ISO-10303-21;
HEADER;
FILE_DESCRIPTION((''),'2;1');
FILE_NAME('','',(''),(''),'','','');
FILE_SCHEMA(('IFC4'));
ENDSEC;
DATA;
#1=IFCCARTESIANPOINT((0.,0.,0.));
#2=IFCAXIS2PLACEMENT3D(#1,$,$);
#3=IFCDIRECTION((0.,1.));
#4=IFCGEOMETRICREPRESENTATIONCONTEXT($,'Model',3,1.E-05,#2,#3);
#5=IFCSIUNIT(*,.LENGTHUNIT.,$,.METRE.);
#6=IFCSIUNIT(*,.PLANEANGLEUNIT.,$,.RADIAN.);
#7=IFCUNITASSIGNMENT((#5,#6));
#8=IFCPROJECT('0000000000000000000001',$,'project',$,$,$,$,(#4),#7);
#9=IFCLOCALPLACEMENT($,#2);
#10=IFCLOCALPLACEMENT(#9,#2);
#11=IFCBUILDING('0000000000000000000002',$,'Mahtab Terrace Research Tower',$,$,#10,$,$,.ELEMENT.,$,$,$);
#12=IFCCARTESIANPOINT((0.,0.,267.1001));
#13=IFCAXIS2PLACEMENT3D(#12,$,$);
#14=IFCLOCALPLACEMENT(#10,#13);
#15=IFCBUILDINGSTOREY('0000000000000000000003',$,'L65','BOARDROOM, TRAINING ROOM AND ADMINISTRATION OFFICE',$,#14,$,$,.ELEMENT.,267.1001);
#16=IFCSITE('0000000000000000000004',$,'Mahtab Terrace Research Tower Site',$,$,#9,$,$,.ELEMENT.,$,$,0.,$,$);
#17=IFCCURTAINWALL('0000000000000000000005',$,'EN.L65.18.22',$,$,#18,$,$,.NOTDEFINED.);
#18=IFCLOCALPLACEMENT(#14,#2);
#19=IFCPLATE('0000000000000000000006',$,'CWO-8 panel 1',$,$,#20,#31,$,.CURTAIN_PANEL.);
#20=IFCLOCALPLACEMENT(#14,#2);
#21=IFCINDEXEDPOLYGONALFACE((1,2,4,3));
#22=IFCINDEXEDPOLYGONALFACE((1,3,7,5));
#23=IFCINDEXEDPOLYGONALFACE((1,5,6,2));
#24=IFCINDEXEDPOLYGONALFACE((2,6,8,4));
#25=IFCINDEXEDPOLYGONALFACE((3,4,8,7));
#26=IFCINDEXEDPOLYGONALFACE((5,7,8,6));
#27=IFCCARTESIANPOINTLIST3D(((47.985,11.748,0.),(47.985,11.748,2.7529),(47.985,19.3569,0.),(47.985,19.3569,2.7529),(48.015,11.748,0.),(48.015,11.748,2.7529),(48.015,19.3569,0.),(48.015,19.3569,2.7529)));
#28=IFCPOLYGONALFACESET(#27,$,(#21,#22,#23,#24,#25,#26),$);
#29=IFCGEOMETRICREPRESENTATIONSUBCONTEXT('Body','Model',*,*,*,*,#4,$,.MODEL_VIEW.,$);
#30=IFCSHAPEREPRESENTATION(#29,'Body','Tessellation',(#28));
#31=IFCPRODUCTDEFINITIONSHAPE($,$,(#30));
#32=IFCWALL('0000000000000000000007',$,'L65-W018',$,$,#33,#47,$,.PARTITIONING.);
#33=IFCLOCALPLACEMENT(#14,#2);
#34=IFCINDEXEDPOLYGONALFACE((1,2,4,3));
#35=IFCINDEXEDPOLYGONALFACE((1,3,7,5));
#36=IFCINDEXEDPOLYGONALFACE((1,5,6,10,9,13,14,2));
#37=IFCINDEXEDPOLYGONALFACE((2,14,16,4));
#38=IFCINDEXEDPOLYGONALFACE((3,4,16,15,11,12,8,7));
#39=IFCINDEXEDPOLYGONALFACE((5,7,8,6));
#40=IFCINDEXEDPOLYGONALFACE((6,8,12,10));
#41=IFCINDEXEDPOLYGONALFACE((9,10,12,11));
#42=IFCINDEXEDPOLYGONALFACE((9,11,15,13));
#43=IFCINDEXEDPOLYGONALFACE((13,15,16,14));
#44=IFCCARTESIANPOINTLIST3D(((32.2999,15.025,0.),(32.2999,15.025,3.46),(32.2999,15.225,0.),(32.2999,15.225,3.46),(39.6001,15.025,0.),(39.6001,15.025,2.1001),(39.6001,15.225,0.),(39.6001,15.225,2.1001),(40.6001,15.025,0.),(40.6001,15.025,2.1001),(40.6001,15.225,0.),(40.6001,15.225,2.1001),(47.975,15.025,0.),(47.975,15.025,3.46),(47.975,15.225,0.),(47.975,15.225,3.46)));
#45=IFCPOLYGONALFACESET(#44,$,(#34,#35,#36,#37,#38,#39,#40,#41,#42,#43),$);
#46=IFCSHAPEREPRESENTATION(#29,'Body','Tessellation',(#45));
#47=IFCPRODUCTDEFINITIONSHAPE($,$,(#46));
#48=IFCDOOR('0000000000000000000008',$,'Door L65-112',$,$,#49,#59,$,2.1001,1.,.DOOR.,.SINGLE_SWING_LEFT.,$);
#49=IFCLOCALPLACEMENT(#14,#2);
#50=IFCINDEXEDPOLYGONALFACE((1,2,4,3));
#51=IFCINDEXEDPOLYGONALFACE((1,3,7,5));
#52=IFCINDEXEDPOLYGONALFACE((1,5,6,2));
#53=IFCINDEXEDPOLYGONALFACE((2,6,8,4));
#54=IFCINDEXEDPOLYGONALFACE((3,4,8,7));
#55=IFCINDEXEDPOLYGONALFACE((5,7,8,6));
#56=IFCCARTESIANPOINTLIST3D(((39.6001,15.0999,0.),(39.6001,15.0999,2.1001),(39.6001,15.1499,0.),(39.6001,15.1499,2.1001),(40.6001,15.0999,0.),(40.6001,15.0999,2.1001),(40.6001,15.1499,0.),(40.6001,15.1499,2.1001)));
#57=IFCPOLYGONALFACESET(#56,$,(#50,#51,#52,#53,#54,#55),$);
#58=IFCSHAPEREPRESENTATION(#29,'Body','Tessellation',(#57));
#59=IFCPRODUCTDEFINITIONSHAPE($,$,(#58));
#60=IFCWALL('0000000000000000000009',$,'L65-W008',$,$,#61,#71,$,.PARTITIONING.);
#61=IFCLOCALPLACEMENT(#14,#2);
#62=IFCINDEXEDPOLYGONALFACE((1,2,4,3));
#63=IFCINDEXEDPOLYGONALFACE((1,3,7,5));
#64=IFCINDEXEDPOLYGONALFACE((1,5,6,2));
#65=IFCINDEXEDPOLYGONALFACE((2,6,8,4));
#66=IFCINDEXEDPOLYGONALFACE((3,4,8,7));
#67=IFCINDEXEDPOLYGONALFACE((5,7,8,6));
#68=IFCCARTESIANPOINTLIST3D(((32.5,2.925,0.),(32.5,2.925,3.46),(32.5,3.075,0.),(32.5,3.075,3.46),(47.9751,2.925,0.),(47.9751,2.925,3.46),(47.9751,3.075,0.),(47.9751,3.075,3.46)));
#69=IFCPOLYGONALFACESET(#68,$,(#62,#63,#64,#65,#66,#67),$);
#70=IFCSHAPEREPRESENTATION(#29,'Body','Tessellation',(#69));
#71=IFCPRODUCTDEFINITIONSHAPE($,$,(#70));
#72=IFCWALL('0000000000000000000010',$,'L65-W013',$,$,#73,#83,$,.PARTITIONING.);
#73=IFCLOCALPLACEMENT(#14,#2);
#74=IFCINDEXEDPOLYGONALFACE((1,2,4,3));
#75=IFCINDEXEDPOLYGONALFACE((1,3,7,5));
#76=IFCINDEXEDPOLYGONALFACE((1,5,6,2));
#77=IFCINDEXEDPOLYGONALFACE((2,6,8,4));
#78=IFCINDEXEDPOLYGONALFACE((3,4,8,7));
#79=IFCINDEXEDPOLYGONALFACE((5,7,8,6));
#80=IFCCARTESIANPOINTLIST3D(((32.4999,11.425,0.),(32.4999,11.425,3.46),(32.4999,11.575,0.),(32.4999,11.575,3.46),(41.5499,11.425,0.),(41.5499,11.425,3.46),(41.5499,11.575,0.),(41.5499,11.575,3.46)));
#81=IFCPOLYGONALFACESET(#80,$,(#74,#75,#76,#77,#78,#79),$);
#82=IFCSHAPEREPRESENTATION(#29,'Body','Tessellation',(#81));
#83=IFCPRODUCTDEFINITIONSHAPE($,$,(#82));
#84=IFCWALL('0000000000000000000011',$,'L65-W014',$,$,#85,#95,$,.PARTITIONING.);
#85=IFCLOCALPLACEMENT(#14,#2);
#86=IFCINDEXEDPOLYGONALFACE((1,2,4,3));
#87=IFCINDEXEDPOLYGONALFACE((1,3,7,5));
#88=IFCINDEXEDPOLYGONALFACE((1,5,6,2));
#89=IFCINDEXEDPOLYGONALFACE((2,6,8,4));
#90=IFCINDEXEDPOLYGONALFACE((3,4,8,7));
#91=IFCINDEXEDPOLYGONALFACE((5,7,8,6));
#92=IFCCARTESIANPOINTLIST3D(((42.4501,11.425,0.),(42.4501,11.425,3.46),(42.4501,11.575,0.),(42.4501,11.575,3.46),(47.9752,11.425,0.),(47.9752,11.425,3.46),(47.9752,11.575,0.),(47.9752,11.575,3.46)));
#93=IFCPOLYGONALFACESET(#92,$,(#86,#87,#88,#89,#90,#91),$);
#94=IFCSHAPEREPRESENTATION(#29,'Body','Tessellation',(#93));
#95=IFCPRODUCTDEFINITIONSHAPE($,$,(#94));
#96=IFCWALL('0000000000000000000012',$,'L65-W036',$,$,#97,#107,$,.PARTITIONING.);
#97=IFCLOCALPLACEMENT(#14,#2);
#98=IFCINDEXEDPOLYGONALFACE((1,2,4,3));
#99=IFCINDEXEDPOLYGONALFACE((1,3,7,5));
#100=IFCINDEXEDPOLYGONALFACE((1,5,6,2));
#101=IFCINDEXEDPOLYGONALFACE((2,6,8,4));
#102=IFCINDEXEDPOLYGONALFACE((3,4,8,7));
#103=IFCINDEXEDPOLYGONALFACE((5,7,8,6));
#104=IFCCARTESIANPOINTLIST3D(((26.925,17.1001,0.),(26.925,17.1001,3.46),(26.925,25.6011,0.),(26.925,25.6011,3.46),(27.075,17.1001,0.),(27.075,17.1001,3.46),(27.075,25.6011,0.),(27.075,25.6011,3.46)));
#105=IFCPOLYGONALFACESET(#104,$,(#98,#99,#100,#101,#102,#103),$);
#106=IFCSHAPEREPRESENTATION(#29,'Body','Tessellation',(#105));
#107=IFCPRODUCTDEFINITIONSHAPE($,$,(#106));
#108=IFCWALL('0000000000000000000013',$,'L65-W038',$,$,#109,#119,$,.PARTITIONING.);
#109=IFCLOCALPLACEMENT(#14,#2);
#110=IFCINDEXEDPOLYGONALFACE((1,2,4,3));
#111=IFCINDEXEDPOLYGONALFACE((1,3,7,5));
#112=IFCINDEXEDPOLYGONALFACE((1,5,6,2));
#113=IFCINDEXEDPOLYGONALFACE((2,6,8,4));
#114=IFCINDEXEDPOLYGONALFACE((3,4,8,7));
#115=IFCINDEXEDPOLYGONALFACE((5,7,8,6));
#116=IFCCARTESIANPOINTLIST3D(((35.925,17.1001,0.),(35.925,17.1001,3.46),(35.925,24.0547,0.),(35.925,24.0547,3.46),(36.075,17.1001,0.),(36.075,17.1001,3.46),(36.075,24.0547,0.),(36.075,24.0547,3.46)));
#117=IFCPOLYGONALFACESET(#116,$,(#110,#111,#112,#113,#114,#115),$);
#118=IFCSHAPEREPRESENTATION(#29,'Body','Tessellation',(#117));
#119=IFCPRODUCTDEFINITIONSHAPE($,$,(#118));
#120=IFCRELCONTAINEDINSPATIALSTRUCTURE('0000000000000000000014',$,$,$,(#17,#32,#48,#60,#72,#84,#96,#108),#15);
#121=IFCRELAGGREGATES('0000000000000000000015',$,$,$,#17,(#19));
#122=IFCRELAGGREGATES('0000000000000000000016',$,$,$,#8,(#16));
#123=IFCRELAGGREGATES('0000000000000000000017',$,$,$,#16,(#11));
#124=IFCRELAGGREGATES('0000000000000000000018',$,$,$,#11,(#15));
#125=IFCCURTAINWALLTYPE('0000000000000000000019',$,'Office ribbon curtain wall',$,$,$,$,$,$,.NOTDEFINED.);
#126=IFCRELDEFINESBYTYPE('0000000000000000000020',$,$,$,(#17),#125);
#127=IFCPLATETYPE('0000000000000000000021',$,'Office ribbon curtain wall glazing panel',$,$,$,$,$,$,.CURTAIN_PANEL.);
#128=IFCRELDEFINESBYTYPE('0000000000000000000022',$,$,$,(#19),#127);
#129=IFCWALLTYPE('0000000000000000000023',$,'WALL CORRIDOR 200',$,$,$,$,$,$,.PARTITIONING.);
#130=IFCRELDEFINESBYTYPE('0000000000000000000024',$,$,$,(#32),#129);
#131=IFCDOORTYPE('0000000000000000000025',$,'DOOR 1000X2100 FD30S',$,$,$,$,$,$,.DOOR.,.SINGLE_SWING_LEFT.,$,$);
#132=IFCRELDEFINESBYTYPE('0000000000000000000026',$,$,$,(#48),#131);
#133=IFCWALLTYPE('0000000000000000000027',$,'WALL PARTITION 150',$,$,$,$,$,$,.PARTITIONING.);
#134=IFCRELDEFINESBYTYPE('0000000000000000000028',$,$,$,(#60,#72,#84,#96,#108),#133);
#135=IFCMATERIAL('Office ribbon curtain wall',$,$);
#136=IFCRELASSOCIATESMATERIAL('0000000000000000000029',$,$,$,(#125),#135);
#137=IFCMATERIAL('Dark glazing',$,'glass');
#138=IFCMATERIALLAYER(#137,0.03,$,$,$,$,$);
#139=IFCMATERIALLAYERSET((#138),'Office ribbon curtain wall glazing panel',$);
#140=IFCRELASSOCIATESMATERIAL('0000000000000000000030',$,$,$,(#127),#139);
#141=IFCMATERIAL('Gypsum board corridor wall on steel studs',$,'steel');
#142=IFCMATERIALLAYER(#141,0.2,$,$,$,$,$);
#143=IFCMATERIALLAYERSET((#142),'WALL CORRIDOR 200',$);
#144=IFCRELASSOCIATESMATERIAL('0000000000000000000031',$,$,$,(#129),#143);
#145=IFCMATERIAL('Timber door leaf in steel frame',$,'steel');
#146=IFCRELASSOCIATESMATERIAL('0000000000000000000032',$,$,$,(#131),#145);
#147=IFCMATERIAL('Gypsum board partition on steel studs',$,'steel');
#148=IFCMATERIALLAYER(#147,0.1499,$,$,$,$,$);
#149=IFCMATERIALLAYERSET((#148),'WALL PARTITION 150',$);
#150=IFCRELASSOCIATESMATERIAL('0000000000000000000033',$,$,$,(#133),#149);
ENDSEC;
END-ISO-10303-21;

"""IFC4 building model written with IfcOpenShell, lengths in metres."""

from ifc_helpers import new_model, si_unit, direction, frame, frame_2d, origin, origin_2d, place, context, subcontext, project, spatial, rectangle, extrude, material, layer, layer_set, type_object, element, fill, aggregate, save


model = new_model("IFC4")

# Units and contexts
model_context = context("Model", 3, precision=1e-05, world=origin(), true_north=direction((0.0, 1.0)))
body_context = subcontext(model_context, "Body", "Model", "MODEL_VIEW")
ifc_project = project(units=[si_unit("LENGTHUNIT", "METRE"), si_unit("PLANEANGLEUNIT", "RADIAN")], contexts=[model_context])

# Site, building, storey
site_placement = place(None, origin())
site = spatial("IfcSite", under=ifc_project, at=site_placement, Name="Mahtab Terrace Research Tower Site", CompositionType="ELEMENT", RefElevation=0.0)
building_placement = place(site_placement, origin())
building = spatial("IfcBuilding", under=site, at=building_placement, Name="Mahtab Terrace Research Tower", CompositionType="ELEMENT")
storey_placement = place(building_placement, frame((0.0, 0.0, 267.1001)))
storey = spatial("IfcBuildingStorey", under=building, at=storey_placement, Name="L65", Description="BOARDROOM, TRAINING ROOM AND ADMINISTRATION OFFICE", CompositionType="ELEMENT", Elevation=267.1001)

# Shared definitions
ifc_material_1 = material(Name="Office ribbon curtain wall")
curtain_wall_type = type_object("IfcCurtainWallType", Name="Office ribbon curtain wall", PredefinedType="NOTDEFINED", material=ifc_material_1)

# Curtain wall
curtain_wall_1_placement = place(storey_placement, origin())
curtain_wall_1 = element("IfcCurtainWall", 1, at=curtain_wall_1_placement, inside=storey, type_object=curtain_wall_type, Name="EN.L65.18.22", PredefinedType="NOTDEFINED")

# Plate
ifc_material_2 = material(Name="Dark glazing", Category="glass")
ifc_layer_1 = layer(ifc_material_2, 0.03)
ifc_layer_set_1 = layer_set([ifc_layer_1], Name="Office ribbon curtain wall glazing panel")
plate_type = type_object("IfcPlateType", Name="Office ribbon curtain wall glazing panel", PredefinedType="CURTAIN_PANEL", material=ifc_layer_set_1)
plate_1_placement = place(storey_placement, frame((48.0, 15.5525, 0.0), z_axis=(0.0, 0.0, 1.0), x_axis=(0.0, 1.0, 0.0)))
plate_1 = element("IfcPlate", 2, at=plate_1_placement, type_object=plate_type, Name="CWO-8 panel 1", PredefinedType="CURTAIN_PANEL", context=body_context, shape_type="SweptSolid", body=[
    extrude(rectangle(XDim=7.6089, YDim=0.03, at=origin_2d()), origin(), (0.0, 0.0, 1.0), 2.7529),
])
aggregate(curtain_wall_1, [plate_1])

# Wall, opening, door
ifc_material_3 = material(Name="Gypsum board corridor wall on steel studs", Category="steel")
ifc_layer_2 = layer(ifc_material_3, 0.2)
ifc_layer_set_2 = layer_set([ifc_layer_2], Name="WALL CORRIDOR 200")
wall_type_1 = type_object("IfcWallType", Name="WALL CORRIDOR 200", PredefinedType="PARTITIONING", material=ifc_layer_set_2)
wall_1_placement = place(storey_placement, frame((32.3, 15.125, 0.0), z_axis=(0.0, 0.0, 1.0), x_axis=(1.0, 0.0, 0.0)))
wall_1 = element("IfcWall", 3, at=wall_1_placement, inside=storey, type_object=wall_type_1, Name="L65-W018", PredefinedType="PARTITIONING", context=body_context, shape_type="SweptSolid", body=[
    extrude(rectangle(XDim=15.675, YDim=0.2, at=frame_2d((7.8374, 0.0))), origin(), (0.0, 0.0, 1.0), 3.46),
])
opening_placement = place(wall_1_placement, frame((7.3, 0.0, 0.0)))
opening = element("IfcOpeningElement", 4, at=opening_placement, cuts=wall_1, PredefinedType="OPENING", context=body_context, shape_type="SweptSolid", body=[
    extrude(rectangle(XDim=1.0, YDim=2.1001, at=frame_2d((0.5, 1.05))), frame((0.0, 0.1099, 0.0), z_axis=(0.0, -1.0, 0.0), x_axis=(1.0, 0.0, 0.0)), (0.0, 0.0, 1.0), 0.22),
])
ifc_material_4 = material(Name="Timber door leaf in steel frame", Category="steel")
door_type = type_object("IfcDoorType", Name="DOOR 1000X2100 FD30S", OperationType="SINGLE_SWING_LEFT", PredefinedType="DOOR", material=ifc_material_4)
door_placement = place(opening_placement, origin())
door = element("IfcDoor", 5, at=door_placement, inside=storey, type_object=door_type, Name="Door L65-112", OperationType="SINGLE_SWING_LEFT", OverallHeight=2.1001, OverallWidth=1.0, PredefinedType="DOOR", context=body_context, shape_type="SweptSolid", body=[
    extrude(rectangle(XDim=1.0, YDim=2.1001, at=frame_2d((0.5, 1.05))), frame((0.0, 0.0249, 0.0), z_axis=(0.0, -1.0, 0.0), x_axis=(1.0, 0.0, 0.0)), (0.0, 0.0, 1.0), 0.05),
])
fill(opening, door)

# Walls
ifc_material_5 = material(Name="Gypsum board partition on steel studs", Category="steel")
ifc_layer_3 = layer(ifc_material_5, 0.1499)
ifc_layer_set_3 = layer_set([ifc_layer_3], Name="WALL PARTITION 150")
wall_type_2 = type_object("IfcWallType", Name="WALL PARTITION 150", PredefinedType="PARTITIONING", material=ifc_layer_set_3)
wall_2_placement = place(storey_placement, frame((32.5, 3.0, 0.0), z_axis=(0.0, 0.0, 1.0), x_axis=(1.0, 0.0, 0.0)))
element("IfcWall", 6, at=wall_2_placement, inside=storey, type_object=wall_type_2, Name="L65-W008", PredefinedType="PARTITIONING", context=body_context, shape_type="SweptSolid", body=[
    extrude(rectangle(XDim=15.4751, YDim=0.1499, at=frame_2d((7.7375, 0.0))), origin(), (0.0, 0.0, 1.0), 3.46),
])
wall_3_placement = place(storey_placement, frame((32.5, 11.5, 0.0), z_axis=(0.0, 0.0, 1.0), x_axis=(1.0, 0.0, 0.0)))
element("IfcWall", 7, at=wall_3_placement, inside=storey, type_object=wall_type_2, Name="L65-W013", PredefinedType="PARTITIONING", context=body_context, shape_type="SweptSolid", body=[
    extrude(rectangle(XDim=9.05, YDim=0.1499, at=frame_2d((4.5249, 0.0))), origin(), (0.0, 0.0, 1.0), 3.46),
])
wall_4_placement = place(storey_placement, frame((42.45, 11.5, 0.0), z_axis=(0.0, 0.0, 1.0), x_axis=(1.0, 0.0, 0.0)))
element("IfcWall", 8, at=wall_4_placement, inside=storey, type_object=wall_type_2, Name="L65-W014", PredefinedType="PARTITIONING", context=body_context, shape_type="SweptSolid", body=[
    extrude(rectangle(XDim=5.5251, YDim=0.1499, at=frame_2d((2.7627, 0.0))), origin(), (0.0, 0.0, 1.0), 3.46),
])
wall_5_placement = place(storey_placement, frame((27.0, 17.1001, 0.0), z_axis=(0.0, 0.0, 1.0), x_axis=(0.0, 1.0, 0.0)))
element("IfcWall", 9, at=wall_5_placement, inside=storey, type_object=wall_type_2, Name="L65-W036", PredefinedType="PARTITIONING", context=body_context, shape_type="SweptSolid", body=[
    extrude(rectangle(XDim=8.501, YDim=0.1499, at=frame_2d((4.2505, 0.0))), origin(), (0.0, 0.0, 1.0), 3.46),
])
wall_6_placement = place(storey_placement, frame((36.0, 17.1001, 0.0), z_axis=(0.0, 0.0, 1.0), x_axis=(0.0, 1.0, 0.0)))
element("IfcWall", 10, at=wall_6_placement, inside=storey, type_object=wall_type_2, Name="L65-W038", PredefinedType="PARTITIONING", context=body_context, shape_type="SweptSolid", body=[
    extrude(rectangle(XDim=6.9546, YDim=0.1499, at=frame_2d((3.4773, 0.0))), origin(), (0.0, 0.0, 1.0), 3.46),
])

save(model, "model.ifc")
